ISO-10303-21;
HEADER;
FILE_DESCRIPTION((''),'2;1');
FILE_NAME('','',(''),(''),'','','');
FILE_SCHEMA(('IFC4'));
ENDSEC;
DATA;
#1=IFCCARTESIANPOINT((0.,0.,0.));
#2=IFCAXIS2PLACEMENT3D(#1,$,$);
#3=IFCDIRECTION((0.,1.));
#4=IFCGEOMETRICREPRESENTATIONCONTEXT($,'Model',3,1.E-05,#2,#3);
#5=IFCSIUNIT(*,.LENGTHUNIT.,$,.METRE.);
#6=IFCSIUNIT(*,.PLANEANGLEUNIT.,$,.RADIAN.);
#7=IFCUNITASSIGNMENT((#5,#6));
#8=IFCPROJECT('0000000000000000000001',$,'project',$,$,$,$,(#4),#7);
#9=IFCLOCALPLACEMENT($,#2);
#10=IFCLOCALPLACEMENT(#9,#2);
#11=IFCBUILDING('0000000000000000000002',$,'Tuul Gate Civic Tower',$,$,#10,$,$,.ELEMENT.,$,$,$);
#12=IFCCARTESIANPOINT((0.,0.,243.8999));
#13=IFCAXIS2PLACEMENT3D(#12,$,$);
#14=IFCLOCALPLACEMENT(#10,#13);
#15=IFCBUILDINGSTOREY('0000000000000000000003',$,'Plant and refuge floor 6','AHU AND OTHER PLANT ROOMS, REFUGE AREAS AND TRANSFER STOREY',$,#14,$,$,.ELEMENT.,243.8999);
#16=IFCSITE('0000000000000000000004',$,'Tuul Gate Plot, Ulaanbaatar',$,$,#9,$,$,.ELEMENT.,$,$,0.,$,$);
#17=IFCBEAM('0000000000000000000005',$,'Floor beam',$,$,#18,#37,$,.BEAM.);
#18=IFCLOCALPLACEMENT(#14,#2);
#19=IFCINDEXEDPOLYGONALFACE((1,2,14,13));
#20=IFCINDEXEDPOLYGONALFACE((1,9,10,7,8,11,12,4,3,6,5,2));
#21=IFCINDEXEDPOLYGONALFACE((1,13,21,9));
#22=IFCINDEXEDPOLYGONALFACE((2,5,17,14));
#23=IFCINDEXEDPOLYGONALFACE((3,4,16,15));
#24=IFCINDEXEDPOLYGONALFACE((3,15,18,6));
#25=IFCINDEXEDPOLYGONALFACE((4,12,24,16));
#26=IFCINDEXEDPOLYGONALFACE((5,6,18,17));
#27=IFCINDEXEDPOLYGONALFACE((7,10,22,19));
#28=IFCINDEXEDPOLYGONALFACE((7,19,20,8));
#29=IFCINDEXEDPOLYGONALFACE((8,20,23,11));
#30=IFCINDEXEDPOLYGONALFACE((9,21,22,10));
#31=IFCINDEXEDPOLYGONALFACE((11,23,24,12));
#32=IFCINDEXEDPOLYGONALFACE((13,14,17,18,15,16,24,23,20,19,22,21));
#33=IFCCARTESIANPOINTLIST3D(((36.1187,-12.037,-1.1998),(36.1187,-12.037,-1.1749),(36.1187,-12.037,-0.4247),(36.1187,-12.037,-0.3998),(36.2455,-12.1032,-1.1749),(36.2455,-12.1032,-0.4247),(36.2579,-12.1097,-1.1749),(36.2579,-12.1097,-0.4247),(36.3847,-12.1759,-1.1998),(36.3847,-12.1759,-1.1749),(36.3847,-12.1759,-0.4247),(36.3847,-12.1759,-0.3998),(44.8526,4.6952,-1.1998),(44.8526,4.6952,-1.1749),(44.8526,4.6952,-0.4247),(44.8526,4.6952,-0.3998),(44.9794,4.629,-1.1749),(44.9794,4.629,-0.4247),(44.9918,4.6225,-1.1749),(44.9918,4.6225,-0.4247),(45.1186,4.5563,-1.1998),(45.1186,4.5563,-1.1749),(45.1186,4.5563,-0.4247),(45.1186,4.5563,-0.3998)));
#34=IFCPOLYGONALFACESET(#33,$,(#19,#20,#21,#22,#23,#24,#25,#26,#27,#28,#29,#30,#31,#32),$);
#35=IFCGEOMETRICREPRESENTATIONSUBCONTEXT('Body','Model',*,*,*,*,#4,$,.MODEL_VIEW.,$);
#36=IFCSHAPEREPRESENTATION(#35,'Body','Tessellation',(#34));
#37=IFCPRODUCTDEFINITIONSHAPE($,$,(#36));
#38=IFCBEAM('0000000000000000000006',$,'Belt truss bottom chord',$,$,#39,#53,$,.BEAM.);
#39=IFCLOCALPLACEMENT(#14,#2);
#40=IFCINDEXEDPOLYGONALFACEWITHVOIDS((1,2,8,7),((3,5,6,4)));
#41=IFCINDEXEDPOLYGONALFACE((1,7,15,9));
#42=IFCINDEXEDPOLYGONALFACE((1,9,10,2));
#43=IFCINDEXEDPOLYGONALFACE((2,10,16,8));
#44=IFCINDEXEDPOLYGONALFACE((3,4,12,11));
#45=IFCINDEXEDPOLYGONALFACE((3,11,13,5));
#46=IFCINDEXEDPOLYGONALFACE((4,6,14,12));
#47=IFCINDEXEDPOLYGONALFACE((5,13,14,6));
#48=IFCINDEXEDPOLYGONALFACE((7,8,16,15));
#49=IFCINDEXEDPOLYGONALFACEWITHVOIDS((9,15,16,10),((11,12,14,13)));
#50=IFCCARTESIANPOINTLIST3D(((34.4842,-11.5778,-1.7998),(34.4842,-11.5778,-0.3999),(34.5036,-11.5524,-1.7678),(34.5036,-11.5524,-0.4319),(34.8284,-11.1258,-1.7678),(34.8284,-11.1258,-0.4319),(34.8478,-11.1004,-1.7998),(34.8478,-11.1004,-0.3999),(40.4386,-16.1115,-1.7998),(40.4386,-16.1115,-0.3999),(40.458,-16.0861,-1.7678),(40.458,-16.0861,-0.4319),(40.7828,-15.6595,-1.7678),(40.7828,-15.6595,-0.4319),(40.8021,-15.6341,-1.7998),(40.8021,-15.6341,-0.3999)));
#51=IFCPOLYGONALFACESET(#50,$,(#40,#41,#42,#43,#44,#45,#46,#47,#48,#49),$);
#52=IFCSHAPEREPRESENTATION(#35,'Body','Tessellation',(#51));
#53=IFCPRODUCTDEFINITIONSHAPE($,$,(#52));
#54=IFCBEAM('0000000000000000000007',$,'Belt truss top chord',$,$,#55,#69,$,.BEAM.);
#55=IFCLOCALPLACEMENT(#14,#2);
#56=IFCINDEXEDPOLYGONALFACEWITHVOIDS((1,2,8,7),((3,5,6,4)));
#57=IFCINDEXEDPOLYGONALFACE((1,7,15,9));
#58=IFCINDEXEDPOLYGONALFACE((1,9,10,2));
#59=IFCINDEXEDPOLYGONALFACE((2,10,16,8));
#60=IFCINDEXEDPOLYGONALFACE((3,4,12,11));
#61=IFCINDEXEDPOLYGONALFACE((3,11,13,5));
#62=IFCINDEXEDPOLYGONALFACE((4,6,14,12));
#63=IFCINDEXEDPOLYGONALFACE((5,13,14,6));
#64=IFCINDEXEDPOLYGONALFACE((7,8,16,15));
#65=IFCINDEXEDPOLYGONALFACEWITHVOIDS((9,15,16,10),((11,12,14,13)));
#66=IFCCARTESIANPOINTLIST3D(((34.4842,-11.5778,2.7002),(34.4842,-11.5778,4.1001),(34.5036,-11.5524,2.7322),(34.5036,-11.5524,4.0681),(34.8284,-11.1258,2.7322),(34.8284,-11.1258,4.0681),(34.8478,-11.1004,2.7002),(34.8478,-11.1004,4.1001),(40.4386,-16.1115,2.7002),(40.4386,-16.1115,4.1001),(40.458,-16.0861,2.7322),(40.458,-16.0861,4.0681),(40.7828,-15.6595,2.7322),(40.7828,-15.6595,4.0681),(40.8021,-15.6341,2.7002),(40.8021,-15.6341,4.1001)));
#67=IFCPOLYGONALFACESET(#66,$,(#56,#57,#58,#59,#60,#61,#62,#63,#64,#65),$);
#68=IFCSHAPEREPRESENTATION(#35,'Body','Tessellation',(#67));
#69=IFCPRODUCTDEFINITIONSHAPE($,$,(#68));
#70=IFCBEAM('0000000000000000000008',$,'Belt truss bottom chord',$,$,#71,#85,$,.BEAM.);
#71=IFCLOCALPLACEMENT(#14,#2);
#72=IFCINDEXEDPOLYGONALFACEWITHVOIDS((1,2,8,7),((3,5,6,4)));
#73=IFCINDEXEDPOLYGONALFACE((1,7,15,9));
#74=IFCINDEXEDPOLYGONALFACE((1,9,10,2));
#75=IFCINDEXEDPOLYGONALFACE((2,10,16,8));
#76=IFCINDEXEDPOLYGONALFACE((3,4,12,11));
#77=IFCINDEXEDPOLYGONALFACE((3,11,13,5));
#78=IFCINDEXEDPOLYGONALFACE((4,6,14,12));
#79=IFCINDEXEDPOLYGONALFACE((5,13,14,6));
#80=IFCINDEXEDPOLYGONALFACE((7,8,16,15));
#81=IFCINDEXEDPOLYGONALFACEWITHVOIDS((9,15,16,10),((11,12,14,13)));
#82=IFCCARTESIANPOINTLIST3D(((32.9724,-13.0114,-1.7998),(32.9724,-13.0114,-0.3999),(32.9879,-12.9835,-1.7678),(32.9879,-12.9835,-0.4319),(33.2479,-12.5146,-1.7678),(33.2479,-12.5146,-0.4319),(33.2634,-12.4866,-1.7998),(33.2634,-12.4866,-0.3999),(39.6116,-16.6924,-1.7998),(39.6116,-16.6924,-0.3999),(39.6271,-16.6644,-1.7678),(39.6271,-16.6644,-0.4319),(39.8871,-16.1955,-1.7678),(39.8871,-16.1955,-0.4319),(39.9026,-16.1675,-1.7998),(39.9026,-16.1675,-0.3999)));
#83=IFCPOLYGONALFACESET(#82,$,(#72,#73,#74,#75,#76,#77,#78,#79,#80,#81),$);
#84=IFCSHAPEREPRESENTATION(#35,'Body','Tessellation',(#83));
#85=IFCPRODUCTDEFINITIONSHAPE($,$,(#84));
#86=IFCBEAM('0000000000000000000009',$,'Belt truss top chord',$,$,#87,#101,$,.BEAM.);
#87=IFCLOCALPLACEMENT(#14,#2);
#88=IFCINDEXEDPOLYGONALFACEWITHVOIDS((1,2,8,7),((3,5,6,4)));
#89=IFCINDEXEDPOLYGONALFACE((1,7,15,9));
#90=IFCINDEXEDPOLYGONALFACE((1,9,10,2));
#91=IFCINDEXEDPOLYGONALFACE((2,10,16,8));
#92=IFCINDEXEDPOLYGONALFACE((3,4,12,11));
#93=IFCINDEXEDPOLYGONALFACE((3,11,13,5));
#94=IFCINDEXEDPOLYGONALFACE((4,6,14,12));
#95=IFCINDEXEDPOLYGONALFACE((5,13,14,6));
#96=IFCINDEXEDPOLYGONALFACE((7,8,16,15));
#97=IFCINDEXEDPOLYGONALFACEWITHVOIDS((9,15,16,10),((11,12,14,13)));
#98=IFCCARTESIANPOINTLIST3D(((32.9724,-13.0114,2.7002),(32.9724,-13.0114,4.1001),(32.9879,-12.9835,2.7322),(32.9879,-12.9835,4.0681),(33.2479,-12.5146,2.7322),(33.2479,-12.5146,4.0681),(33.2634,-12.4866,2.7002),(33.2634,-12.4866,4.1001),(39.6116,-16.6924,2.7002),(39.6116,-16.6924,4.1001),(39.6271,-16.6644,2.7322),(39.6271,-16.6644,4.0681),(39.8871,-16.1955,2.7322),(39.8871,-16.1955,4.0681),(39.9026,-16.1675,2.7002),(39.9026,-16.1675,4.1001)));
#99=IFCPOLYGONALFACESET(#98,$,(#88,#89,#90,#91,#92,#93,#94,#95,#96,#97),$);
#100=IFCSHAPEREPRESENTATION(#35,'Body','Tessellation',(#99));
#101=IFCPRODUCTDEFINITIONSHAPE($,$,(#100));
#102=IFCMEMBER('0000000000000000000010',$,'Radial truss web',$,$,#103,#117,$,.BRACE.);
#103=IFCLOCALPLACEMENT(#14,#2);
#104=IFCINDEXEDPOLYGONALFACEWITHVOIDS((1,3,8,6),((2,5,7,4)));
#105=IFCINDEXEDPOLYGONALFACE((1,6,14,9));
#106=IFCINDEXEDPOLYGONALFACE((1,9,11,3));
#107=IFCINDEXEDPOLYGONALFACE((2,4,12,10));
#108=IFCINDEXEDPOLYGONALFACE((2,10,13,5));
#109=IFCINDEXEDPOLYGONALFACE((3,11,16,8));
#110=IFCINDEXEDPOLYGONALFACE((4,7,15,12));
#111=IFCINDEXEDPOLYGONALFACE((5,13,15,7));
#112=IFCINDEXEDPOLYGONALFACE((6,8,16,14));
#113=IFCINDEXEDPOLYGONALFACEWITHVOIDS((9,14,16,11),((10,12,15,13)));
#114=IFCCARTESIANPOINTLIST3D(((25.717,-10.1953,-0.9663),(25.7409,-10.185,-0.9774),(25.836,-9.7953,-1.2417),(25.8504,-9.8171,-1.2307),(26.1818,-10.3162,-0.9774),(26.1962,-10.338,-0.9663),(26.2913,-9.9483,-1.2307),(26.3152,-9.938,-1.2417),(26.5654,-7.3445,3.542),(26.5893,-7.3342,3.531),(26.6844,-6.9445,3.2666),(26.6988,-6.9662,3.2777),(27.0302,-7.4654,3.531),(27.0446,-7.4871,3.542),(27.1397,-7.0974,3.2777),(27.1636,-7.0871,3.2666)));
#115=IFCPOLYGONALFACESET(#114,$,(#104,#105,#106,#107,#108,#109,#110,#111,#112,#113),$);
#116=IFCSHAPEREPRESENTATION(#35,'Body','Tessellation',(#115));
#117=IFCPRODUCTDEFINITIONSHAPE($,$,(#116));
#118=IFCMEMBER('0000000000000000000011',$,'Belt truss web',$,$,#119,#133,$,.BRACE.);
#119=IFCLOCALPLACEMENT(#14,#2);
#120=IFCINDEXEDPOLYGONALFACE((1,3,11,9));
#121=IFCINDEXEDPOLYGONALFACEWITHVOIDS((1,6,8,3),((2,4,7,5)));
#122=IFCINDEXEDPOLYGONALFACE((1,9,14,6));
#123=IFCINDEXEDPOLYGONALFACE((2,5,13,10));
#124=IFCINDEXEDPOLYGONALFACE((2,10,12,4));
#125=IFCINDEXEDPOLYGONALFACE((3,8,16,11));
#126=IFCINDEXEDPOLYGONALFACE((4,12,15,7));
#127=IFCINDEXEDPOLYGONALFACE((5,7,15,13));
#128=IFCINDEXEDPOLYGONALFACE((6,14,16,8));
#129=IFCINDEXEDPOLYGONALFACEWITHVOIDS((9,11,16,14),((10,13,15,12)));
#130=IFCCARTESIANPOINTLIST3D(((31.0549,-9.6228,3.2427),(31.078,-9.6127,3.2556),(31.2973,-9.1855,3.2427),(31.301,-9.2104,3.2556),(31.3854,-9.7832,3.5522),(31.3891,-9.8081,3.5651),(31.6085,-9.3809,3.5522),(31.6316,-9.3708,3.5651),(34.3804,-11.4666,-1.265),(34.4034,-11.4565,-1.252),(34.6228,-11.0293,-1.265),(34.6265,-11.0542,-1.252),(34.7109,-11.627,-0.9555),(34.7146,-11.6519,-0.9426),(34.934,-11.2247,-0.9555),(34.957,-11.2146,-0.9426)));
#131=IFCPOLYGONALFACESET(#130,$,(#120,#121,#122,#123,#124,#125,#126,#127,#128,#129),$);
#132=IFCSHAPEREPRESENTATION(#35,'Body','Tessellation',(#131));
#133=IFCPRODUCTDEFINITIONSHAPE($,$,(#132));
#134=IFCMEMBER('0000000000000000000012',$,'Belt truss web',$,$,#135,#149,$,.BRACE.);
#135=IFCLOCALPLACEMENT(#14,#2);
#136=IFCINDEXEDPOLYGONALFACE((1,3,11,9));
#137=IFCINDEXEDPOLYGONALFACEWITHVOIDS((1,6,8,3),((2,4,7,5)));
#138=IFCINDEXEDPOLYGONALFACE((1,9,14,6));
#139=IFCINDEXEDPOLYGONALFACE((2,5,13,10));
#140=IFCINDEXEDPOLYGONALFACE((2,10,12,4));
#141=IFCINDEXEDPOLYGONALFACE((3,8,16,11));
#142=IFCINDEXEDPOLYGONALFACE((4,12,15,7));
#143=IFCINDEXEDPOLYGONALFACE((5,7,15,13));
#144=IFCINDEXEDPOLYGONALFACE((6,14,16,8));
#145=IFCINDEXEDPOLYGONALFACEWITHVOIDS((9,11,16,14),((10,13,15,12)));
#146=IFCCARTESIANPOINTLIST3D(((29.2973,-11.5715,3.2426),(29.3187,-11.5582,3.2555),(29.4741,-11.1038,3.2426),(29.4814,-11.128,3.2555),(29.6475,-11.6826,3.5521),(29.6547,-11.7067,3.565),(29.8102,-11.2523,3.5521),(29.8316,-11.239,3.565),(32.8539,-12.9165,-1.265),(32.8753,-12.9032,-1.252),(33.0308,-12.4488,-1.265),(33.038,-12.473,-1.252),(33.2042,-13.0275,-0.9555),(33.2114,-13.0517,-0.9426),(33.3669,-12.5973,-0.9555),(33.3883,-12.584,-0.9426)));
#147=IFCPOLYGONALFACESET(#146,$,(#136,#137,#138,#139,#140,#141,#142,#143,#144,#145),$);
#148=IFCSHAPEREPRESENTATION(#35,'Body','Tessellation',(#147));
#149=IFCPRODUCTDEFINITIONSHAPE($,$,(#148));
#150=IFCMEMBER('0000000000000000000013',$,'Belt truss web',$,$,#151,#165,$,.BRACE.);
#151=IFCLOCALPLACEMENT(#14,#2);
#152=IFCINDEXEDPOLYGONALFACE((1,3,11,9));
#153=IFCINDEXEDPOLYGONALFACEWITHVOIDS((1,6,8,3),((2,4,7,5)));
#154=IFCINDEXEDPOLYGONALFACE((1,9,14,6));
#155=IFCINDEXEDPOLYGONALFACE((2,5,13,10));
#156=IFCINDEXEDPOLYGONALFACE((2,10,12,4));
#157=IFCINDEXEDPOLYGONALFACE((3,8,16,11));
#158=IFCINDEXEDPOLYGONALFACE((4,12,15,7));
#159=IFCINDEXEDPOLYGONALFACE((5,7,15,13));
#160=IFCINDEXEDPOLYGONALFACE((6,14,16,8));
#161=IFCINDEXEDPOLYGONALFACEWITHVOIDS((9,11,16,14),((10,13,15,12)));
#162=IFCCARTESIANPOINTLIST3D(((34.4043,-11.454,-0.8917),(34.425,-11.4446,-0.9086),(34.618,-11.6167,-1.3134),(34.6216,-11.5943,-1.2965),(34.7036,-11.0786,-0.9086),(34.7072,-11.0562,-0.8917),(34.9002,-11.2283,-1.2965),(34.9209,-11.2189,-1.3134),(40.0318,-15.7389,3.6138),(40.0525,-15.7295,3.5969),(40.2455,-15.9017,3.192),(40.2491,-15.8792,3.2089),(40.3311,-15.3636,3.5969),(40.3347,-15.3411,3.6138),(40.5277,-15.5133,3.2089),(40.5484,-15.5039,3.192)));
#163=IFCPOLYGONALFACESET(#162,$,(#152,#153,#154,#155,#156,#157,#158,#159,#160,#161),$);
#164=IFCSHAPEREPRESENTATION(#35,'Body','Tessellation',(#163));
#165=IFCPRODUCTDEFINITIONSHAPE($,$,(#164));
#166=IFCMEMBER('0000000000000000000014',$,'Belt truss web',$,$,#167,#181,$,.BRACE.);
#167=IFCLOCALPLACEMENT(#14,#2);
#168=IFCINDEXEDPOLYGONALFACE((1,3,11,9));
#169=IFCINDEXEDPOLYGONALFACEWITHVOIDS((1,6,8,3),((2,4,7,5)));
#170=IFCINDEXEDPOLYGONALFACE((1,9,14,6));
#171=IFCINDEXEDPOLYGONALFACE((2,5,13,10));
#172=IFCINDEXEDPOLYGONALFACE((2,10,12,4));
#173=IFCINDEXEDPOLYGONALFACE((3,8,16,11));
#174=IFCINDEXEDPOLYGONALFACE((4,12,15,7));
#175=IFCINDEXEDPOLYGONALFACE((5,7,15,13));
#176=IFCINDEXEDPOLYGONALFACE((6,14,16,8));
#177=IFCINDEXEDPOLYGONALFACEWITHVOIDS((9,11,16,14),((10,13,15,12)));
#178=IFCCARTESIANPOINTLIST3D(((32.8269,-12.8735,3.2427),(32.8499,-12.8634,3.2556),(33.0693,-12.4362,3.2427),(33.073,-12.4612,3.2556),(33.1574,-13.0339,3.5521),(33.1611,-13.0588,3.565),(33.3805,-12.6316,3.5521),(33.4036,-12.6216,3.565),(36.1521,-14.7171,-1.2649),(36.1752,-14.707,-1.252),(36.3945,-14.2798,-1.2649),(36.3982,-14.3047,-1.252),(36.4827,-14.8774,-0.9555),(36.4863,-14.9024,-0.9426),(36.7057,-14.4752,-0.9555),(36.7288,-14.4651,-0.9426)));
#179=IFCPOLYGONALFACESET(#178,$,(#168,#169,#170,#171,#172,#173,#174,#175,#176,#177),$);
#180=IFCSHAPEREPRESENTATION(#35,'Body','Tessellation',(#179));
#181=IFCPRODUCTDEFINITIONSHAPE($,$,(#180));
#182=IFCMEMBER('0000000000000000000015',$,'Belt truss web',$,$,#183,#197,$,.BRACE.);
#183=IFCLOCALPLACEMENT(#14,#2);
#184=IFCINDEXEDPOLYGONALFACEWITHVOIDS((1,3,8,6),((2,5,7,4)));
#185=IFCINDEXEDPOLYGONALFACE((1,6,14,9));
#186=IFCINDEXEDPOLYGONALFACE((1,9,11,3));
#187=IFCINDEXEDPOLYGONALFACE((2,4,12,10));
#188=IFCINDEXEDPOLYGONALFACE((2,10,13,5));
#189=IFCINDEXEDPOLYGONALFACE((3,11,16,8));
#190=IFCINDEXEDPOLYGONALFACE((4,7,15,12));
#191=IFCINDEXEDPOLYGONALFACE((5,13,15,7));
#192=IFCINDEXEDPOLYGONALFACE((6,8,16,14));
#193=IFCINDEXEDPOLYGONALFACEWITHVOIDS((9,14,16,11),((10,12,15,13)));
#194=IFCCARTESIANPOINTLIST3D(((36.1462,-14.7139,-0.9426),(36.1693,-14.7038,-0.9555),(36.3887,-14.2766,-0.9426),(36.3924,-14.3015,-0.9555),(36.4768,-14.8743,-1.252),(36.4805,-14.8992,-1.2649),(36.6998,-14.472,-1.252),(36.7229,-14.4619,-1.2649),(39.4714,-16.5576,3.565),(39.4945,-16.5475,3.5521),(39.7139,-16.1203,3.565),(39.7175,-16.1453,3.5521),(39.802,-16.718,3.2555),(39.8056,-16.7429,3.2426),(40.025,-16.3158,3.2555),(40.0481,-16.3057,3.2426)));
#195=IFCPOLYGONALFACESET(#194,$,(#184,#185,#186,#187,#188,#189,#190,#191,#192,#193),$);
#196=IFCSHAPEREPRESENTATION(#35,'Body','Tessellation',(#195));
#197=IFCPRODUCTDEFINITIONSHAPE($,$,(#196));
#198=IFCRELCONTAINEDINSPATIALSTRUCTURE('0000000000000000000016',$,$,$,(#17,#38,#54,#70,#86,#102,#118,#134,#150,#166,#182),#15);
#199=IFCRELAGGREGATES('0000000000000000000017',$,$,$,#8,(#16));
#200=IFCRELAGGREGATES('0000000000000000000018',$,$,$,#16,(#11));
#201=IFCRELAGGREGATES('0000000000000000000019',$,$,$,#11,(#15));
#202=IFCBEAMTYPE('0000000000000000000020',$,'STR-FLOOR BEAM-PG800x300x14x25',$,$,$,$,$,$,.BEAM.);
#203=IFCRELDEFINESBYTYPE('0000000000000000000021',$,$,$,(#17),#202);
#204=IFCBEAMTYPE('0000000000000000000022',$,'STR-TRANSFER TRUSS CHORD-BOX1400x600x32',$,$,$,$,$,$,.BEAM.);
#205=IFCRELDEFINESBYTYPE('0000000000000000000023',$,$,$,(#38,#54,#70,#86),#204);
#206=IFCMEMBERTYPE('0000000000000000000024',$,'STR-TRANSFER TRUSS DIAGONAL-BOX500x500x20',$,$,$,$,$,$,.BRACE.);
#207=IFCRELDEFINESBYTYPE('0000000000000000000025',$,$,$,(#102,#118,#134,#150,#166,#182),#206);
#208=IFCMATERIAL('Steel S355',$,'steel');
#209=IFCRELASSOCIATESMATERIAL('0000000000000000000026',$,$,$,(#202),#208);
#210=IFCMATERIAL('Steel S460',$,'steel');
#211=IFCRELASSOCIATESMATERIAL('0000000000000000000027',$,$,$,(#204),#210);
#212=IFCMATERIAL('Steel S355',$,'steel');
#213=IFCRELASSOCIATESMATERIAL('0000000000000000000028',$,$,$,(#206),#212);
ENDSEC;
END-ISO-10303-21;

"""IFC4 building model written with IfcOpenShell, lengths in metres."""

from ifc_helpers import new_model, si_unit, direction, frame, origin, origin_2d, place, context, subcontext, project, spatial, hollow_rectangle, i_section, extrude, material, material_profile, profile_set, type_object, element, save


model = new_model("IFC4")

# Units and contexts
model_context = context("Model", 3, precision=1e-05, world=origin(), true_north=direction((0.0, 1.0)))
body_context = subcontext(model_context, "Body", "Model", "MODEL_VIEW")
ifc_project = project(units=[si_unit("LENGTHUNIT", "METRE"), si_unit("PLANEANGLEUNIT", "RADIAN")], contexts=[model_context])

# Site, building, storey
site_placement = place(None, origin())
site = spatial("IfcSite", under=ifc_project, at=site_placement, Name="Tuul Gate Plot, Ulaanbaatar", CompositionType="ELEMENT", RefElevation=0.0)
building_placement = place(site_placement, origin())
building = spatial("IfcBuilding", under=site, at=building_placement, Name="Tuul Gate Civic Tower", CompositionType="ELEMENT")
storey_placement = place(building_placement, frame((0.0, 0.0, 243.8999)))
storey = spatial("IfcBuildingStorey", under=building, at=storey_placement, Name="Plant and refuge floor 6", Description="AHU AND OTHER PLANT ROOMS, REFUGE AREAS AND TRANSFER STOREY", CompositionType="ELEMENT", Elevation=243.8999)

# Beams
ifc_material_1 = material(Name="Steel S355", Category="steel")
ifc_material_profile_1 = material_profile(ifc_material_1, i_section(OverallWidth=0.3, OverallDepth=0.8, WebThickness=0.0139, FlangeThickness=0.0249, at=origin_2d()), Name="PG800x300x14x25")
ifc_profile_set_1 = profile_set([ifc_material_profile_1], Name="Steel S355")
beam_type_1 = type_object("IfcBeamType", Name="STR-FLOOR BEAM-PG800x300x14x25", PredefinedType="BEAM", material=ifc_profile_set_1)
beam_placement = place(storey_placement, frame((36.2517, -12.1064, -0.7998), z_axis=(0.462735, 0.886497, 0.0), x_axis=(-0.886497, 0.462735, 0.0)))
element("IfcBeam", 1, at=beam_placement, inside=storey, type_object=beam_type_1, Name="Floor beam", PredefinedType="BEAM", context=body_context, shape_type="SweptSolid", body=[
    extrude(i_section(OverallWidth=0.3, OverallDepth=0.8, WebThickness=0.0139, FlangeThickness=0.0249, at=origin_2d()), origin(), (0.0, 0.0, 1.0), 18.8745),
])
ifc_material_2 = material(Name="Steel S460", Category="steel")
ifc_material_profile_2 = material_profile(ifc_material_2, hollow_rectangle(XDim=0.6001, YDim=1.3999, WallThickness=0.032, at=origin_2d()), Name="BOX1400x600x32")
ifc_profile_set_2 = profile_set([ifc_material_profile_2], Name="Steel S460")
beam_type_2 = type_object("IfcBeamType", Name="STR-TRANSFER TRUSS CHORD-BOX1400x600x32", PredefinedType="BEAM", material=ifc_profile_set_2)
for number, where, z_axis, x_axis, name in (
    (2, (34.666, -11.3391, -1.0999), (0.795622, -0.605794, 0.0), (0.605794, 0.795622, 0.0), "Belt truss bottom chord"),
    (3, (34.666, -11.3391, 3.4001), (0.795622, -0.605794, 0.0), (0.605794, 0.795622, 0.0), "Belt truss top chord"),
):
    element("IfcBeam", number, at=place(storey_placement, frame(where, z_axis=z_axis, x_axis=x_axis)), inside=storey, type_object=beam_type_2, Name=name, PredefinedType="BEAM", context=body_context, shape_type="SweptSolid", body=[
        extrude(hollow_rectangle(XDim=0.6001, YDim=1.3999, WallThickness=0.032, at=origin_2d()), origin(), (0.0, 0.0, 1.0), 7.4839),
    ])
for number, where, z_axis, x_axis, name in (
    (4, (33.1179, -12.749, -1.0999), (0.874577, -0.484886, 0.0), (0.484886, 0.874577, 0.0), "Belt truss bottom chord"),
    (5, (33.1179, -12.749, 3.4001), (0.874577, -0.484886, 0.0), (0.484886, 0.874577, 0.0), "Belt truss top chord"),
):
    element("IfcBeam", number, at=place(storey_placement, frame(where, z_axis=z_axis, x_axis=x_axis)), inside=storey, type_object=beam_type_2, Name=name, PredefinedType="BEAM", context=body_context, shape_type="SweptSolid", body=[
        extrude(hollow_rectangle(XDim=0.6001, YDim=1.3999, WallThickness=0.032, at=origin_2d()), origin(), (0.0, 0.0, 1.0), 7.5913),
    ])

# Members
ifc_material_3 = material(Name="Steel S355", Category="steel")
ifc_material_profile_3 = material_profile(ifc_material_3, hollow_rectangle(XDim=0.5, YDim=0.5, WallThickness=0.02, at=origin_2d()), Name="BOX500x500x20")
ifc_profile_set_3 = profile_set([ifc_material_profile_3], Name="Steel S355")
member_type_1 = type_object("IfcMemberType", Name="STR-TRANSFER TRUSS DIAGONAL-BOX500x500x20", PredefinedType="BRACE", material=ifc_profile_set_3)
member_1_placement = place(storey_placement, frame((26.0161, -10.0667, -1.104), z_axis=(0.157077, 0.527825, 0.834702), x_axis=(-0.958459, 0.285231, 0.0)))
element("IfcMember", 6, at=member_1_placement, inside=storey, type_object=member_type_1, Name="Radial truss web", PredefinedType="BRACE", context=body_context, shape_type="SweptSolid", body=[
    extrude(hollow_rectangle(XDim=0.5, YDim=0.5, WallThickness=0.02, at=origin_2d()), origin(), (0.0, 0.0, 1.0), 5.4011),
])
for number, where, z_axis, x_axis, name in (
    (7, (34.6687, -11.3406, -1.1038), (-0.563908, 0.312652, 0.764367), (-0.484896, -0.874572, 0.0), "Belt truss web"),
    (8, (33.1211, -12.7502, -1.1038), (-0.603108, 0.22807, 0.764359), (-0.353711, -0.935355, 0.0), "Belt truss web"),
):
    element("IfcMember", number, at=place(storey_placement, frame(where, z_axis=z_axis, x_axis=x_axis)), inside=storey, type_object=member_type_1, Name=name, PredefinedType="BRACE", context=body_context, shape_type="SweptSolid", body=[
        extrude(hollow_rectangle(XDim=0.5, YDim=0.5, WallThickness=0.02, at=origin_2d()), origin(), (0.0, 0.0, 1.0), 5.8972),
    ])
member_2_placement = place(storey_placement, frame((34.6626, -11.3364, -1.1025), z_axis=(0.671043, -0.510953, 0.537242), x_axis=(0.605805, 0.795613, 0.0)))
element("IfcMember", 9, at=member_2_placement, inside=storey, type_object=member_type_1, Name="Belt truss web", PredefinedType="BRACE", context=body_context, shape_type="SweptSolid", body=[
    extrude(hollow_rectangle(XDim=0.5, YDim=0.5, WallThickness=0.02, at=origin_2d()), origin(), (0.0, 0.0, 1.0), 8.3862),
])
for number, where, z_axis, x_axis, name in (
    (10, (36.4404, -14.5911, -1.1038), (-0.563887, 0.312622, 0.764394), (-0.484874, -0.874584, 0.0), "Belt truss web"),
    (11, (36.4346, -14.5879, -1.1038), (0.56388, -0.312659, 0.764384), (0.484923, 0.874557, 0.0), "Belt truss web"),
):
    element("IfcMember", number, at=place(storey_placement, frame(where, z_axis=z_axis, x_axis=x_axis)), inside=storey, type_object=member_type_1, Name=name, PredefinedType="BRACE", context=body_context, shape_type="SweptSolid", body=[
        extrude(hollow_rectangle(XDim=0.5, YDim=0.5, WallThickness=0.02, at=origin_2d()), origin(), (0.0, 0.0, 1.0), 5.897),
    ])

save(model, "model.ifc")
